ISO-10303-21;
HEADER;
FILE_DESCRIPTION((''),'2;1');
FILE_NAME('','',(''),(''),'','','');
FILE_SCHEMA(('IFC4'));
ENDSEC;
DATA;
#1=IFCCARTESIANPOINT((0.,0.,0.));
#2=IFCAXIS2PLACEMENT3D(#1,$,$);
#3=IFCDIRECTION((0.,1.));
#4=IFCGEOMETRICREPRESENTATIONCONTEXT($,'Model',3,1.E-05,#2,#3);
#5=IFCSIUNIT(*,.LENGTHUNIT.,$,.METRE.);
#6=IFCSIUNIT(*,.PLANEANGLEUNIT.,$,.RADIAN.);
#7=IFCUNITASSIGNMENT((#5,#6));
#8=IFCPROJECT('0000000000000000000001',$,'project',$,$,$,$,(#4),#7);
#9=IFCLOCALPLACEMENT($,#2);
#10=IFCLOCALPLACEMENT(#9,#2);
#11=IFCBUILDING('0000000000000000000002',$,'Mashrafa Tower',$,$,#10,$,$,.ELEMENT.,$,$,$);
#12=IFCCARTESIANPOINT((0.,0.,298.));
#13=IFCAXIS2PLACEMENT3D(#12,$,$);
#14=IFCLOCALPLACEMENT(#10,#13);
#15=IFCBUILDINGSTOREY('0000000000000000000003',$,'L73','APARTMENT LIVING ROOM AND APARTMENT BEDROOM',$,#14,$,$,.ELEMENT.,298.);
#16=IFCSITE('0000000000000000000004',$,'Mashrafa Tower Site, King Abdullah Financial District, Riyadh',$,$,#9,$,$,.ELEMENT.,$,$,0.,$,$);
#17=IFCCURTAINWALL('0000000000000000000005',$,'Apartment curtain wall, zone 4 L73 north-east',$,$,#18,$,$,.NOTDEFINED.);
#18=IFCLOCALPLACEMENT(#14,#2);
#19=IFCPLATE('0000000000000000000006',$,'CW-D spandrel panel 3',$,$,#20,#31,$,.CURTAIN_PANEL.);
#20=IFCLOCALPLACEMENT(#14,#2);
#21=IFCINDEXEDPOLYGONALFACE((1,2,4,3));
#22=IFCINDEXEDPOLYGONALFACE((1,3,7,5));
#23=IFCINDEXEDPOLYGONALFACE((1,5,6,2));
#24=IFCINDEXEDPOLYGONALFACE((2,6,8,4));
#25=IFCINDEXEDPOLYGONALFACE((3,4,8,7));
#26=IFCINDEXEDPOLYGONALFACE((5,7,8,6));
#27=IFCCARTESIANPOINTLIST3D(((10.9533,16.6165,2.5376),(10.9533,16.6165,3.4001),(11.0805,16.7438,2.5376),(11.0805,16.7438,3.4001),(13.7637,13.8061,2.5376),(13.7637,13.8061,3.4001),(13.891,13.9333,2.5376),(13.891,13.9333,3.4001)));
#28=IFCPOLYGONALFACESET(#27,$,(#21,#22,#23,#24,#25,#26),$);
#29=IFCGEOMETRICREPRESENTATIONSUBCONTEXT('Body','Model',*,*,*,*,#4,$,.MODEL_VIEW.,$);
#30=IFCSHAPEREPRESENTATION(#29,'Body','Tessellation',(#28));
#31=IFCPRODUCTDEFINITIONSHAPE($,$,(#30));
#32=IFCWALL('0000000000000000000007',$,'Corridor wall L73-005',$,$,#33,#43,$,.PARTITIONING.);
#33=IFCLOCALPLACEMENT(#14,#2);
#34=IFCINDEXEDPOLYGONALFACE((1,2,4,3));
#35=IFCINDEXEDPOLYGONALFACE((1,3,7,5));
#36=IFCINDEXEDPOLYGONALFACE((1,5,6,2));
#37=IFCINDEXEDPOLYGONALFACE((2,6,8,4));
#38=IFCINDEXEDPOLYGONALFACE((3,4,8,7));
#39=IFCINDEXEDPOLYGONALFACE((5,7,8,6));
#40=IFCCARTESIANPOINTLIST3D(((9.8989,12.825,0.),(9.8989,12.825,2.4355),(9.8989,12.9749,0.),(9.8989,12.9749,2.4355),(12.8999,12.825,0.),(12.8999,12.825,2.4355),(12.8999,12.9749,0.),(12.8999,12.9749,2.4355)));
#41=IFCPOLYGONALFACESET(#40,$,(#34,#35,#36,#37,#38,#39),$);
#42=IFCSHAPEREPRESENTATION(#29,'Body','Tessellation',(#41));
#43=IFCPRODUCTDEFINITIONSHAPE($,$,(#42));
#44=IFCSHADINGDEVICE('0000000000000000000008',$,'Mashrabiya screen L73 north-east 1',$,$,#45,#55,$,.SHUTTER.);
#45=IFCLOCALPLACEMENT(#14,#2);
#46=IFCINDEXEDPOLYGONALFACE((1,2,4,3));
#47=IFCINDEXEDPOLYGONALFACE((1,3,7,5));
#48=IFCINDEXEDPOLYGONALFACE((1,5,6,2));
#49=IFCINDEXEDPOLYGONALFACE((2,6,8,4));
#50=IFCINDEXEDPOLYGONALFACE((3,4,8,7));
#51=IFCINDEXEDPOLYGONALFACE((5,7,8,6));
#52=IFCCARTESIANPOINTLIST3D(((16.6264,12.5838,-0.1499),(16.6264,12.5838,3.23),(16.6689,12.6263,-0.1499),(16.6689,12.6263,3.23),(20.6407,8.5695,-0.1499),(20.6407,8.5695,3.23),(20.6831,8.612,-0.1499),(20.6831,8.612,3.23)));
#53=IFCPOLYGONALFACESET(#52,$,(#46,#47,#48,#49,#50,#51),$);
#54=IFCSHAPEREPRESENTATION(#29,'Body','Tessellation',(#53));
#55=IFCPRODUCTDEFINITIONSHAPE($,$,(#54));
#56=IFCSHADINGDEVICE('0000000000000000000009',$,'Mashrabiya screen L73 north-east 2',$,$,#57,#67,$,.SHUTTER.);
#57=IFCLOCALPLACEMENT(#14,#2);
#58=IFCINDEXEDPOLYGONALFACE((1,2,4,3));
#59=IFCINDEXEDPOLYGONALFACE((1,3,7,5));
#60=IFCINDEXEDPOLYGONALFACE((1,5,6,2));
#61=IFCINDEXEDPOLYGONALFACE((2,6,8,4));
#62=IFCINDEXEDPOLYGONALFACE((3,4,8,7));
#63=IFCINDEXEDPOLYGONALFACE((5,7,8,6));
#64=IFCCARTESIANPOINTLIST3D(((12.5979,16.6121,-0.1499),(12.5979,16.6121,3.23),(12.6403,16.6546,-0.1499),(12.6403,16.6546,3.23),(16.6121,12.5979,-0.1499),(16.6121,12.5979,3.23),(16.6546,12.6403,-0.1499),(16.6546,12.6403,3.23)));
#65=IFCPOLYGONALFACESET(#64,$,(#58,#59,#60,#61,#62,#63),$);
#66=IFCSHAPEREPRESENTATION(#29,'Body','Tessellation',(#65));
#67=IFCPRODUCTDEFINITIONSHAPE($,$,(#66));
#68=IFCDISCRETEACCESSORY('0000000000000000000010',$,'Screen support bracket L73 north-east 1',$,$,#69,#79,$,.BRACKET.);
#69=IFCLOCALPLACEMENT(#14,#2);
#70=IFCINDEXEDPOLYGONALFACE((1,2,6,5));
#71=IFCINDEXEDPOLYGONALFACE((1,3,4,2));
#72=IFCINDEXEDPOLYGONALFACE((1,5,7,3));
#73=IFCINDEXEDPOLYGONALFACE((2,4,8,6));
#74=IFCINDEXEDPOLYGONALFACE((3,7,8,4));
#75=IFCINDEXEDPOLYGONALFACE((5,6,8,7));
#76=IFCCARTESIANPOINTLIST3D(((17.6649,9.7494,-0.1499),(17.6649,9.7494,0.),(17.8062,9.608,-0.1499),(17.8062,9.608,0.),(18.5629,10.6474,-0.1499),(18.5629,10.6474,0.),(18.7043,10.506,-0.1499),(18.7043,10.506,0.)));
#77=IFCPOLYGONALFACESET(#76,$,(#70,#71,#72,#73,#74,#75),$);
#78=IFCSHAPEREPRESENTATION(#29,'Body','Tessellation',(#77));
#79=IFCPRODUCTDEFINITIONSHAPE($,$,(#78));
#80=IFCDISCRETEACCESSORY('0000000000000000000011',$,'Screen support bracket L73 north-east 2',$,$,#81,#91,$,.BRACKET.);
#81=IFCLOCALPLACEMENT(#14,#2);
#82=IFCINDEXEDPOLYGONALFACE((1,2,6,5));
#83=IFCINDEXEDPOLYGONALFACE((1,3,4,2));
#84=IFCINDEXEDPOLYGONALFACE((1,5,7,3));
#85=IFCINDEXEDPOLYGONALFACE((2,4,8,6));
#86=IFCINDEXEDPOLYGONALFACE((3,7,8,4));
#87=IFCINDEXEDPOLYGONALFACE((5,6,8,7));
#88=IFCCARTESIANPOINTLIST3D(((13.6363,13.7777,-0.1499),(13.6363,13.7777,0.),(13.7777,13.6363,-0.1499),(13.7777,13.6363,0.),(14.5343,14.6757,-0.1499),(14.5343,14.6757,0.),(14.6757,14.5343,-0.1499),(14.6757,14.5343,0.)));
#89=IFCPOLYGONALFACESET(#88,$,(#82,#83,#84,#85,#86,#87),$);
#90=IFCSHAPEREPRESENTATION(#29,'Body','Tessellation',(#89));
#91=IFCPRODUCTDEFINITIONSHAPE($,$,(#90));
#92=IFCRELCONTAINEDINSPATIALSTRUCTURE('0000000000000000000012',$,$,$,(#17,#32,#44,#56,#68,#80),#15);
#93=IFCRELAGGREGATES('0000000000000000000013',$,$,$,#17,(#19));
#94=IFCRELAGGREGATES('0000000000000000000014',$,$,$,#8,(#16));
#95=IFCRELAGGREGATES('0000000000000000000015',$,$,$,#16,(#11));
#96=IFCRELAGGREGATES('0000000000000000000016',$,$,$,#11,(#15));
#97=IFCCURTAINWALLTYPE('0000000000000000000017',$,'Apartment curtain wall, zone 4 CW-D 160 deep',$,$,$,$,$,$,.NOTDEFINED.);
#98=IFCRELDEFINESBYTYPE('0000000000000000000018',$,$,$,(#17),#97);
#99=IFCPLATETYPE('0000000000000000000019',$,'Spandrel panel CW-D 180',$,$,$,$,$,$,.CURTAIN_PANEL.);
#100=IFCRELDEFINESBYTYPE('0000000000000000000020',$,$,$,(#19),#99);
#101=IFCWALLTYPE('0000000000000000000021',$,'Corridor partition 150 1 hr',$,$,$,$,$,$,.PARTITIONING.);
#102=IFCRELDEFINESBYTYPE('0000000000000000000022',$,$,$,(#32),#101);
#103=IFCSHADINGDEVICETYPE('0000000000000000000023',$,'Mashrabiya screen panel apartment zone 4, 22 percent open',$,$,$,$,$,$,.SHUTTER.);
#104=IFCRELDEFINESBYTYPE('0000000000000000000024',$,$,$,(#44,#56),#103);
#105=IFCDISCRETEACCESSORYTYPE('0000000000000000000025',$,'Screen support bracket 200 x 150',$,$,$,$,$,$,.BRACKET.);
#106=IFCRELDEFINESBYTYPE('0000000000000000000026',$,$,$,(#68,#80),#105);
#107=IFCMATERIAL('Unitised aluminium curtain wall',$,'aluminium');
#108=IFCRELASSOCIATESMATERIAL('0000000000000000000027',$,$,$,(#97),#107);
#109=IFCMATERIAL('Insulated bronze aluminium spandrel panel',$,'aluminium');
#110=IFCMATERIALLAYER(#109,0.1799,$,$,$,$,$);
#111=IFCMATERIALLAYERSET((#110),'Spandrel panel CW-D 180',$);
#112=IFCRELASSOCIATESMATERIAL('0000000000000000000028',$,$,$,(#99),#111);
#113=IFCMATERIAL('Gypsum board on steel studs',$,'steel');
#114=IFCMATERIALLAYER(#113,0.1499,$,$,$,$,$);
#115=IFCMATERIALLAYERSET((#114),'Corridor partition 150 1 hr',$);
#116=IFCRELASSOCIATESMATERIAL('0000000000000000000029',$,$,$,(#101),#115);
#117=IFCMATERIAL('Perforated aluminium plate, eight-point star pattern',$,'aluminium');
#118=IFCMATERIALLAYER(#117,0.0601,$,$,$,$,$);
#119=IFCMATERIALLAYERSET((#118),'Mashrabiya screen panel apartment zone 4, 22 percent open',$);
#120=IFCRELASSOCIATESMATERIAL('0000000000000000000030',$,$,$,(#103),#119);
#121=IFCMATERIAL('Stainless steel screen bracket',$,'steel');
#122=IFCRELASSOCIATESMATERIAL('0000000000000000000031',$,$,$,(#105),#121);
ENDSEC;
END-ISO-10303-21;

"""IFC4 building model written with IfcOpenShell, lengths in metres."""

from ifc_helpers import new_model, si_unit, direction, frame, frame_2d, origin, origin_2d, place, context, subcontext, project, spatial, rectangle, extrude, source, transform, mapped, material, layer, layer_set, type_object, type_shapes, element, aggregate, save


model = new_model("IFC4")

# Units and contexts
model_context = context("Model", 3, precision=1e-05, world=origin(), true_north=direction((0.0, 1.0)))
body_context = subcontext(model_context, "Body", "Model", "MODEL_VIEW")
ifc_project = project(units=[si_unit("LENGTHUNIT", "METRE"), si_unit("PLANEANGLEUNIT", "RADIAN")], contexts=[model_context])

# Site, building, storey
site_placement = place(None, origin())
site = spatial("IfcSite", under=ifc_project, at=site_placement, Name="Mashrafa Tower Site, King Abdullah Financial District, Riyadh", CompositionType="ELEMENT", RefElevation=0.0)
building_placement = place(site_placement, origin())
building = spatial("IfcBuilding", under=site, at=building_placement, Name="Mashrafa Tower", CompositionType="ELEMENT")
storey_placement = place(building_placement, frame((0.0, 0.0, 298.0)))
storey = spatial("IfcBuildingStorey", under=building, at=storey_placement, Name="L73", Description="APARTMENT LIVING ROOM AND APARTMENT BEDROOM", CompositionType="ELEMENT", Elevation=298.0)

# Shared definitions
ifc_material_1 = material(Name="Unitised aluminium curtain wall", Category="aluminium")
curtain_wall_type = type_object("IfcCurtainWallType", Name="Apartment curtain wall, zone 4 CW-D 160 deep", PredefinedType="NOTDEFINED", material=ifc_material_1)

# Curtain wall, plate
curtain_wall_1_placement = place(storey_placement, origin())
curtain_wall_1 = element("IfcCurtainWall", 1, at=curtain_wall_1_placement, inside=storey, type_object=curtain_wall_type, Name="Apartment curtain wall, zone 4 L73 north-east", PredefinedType="NOTDEFINED")
ifc_material_2 = material(Name="Insulated bronze aluminium spandrel panel", Category="aluminium")
ifc_layer_1 = layer(ifc_material_2, 0.1799)
ifc_layer_set_1 = layer_set([ifc_layer_1], Name="Spandrel panel CW-D 180")
plate_type_1 = type_object("IfcPlateType", Name="Spandrel panel CW-D 180", PredefinedType="CURTAIN_PANEL", material=ifc_layer_set_1)
shared_shape_1 = source(origin(), body_context, "Body", "SweptSolid", [
    extrude(rectangle(XDim=3.9746, YDim=0.1799, at=origin_2d()), origin(), (0.0, 0.0, 1.0), 0.8625),
])
plate_1_placement = place(storey_placement, frame((12.4221, 15.2749, 2.5376), z_axis=(0.0, 0.0, 1.0), x_axis=(-0.707107, 0.707107, 0.0)))
plate_1 = element("IfcPlate", 2, at=plate_1_placement, type_object=plate_type_1, Name="CW-D spandrel panel 3", PredefinedType="CURTAIN_PANEL", context=body_context, shape_type="MappedRepresentation", body=[
    mapped(shared_shape_1, transform((0.0, 0.0, 0.0))),
])
aggregate(curtain_wall_1, [plate_1])

# Wall
ifc_material_3 = material(Name="Gypsum board on steel studs", Category="steel")
ifc_layer_2 = layer(ifc_material_3, 0.1499)
ifc_layer_set_2 = layer_set([ifc_layer_2], Name="Corridor partition 150 1 hr")
wall_type = type_object("IfcWallType", Name="Corridor partition 150 1 hr", PredefinedType="PARTITIONING", material=ifc_layer_set_2)
wall_placement = place(storey_placement, frame((12.8999, 12.8999, 0.0), z_axis=(0.0, 0.0, 1.0), x_axis=(-1.0, 0.0, 0.0)))
element("IfcWall", 3, at=wall_placement, inside=storey, type_object=wall_type, Name="Corridor wall L73-005", PredefinedType="PARTITIONING", context=body_context, shape_type="SweptSolid", body=[
    extrude(rectangle(XDim=3.001, YDim=0.1499, at=frame_2d((1.5005, 0.0))), origin(), (0.0, 0.0, 1.0), 2.4355),
])

# Shading devices
ifc_material_4 = material(Name="Perforated aluminium plate, eight-point star pattern", Category="aluminium")
ifc_layer_3 = layer(ifc_material_4, 0.0601)
ifc_layer_set_3 = layer_set([ifc_layer_3], Name="Mashrabiya screen panel apartment zone 4, 22 percent open")
shading_device_type = type_object("IfcShadingDeviceType", Name="Mashrabiya screen panel apartment zone 4, 22 percent open", PredefinedType="SHUTTER", material=ifc_layer_set_3)
shared_shape_2 = source(origin(), body_context, "Body", "SweptSolid", [
    extrude(rectangle(XDim=5.677, YDim=0.0601, at=origin_2d()), origin(), (0.0, 0.0, 1.0), 3.3799),
])
type_shapes(shading_device_type, [shared_shape_2])
for number, where, z_axis, x_axis, name in (
    (4, (18.6548, 10.5979, -0.1499), (0.0, 0.0, 1.0), (-0.707107, 0.707107, 0.0), "Mashrabiya screen L73 north-east 1"),
    (5, (14.6262, 14.6262, -0.1499), (0.0, 0.0, 1.0), (-0.707107, 0.707107, 0.0), "Mashrabiya screen L73 north-east 2"),
):
    element("IfcShadingDevice", number, at=place(storey_placement, frame(where, z_axis=z_axis, x_axis=x_axis)), inside=storey, type_object=shading_device_type, Name=name, PredefinedType="SHUTTER", context=body_context, shape_type="MappedRepresentation", body=[
        mapped(shared_shape_2, transform((0.0, 0.0, 0.0))),
    ])

# Discrete accessories
ifc_material_5 = material(Name="Stainless steel screen bracket", Category="steel")
discrete_accessory_type = type_object("IfcDiscreteAccessoryType", Name="Screen support bracket 200 x 150", PredefinedType="BRACKET", material=ifc_material_5)
shared_shape_3 = source(origin(), body_context, "Body", "SweptSolid", [
    extrude(rectangle(XDim=0.2, YDim=1.27, at=origin_2d()), origin(), (0.0, 0.0, 1.0), 0.1499),
])
type_shapes(discrete_accessory_type, [shared_shape_3])
for number, where, z_axis, x_axis, name in (
    (6, (18.1846, 10.1277, -0.1499), (0.0, 0.0, 1.0), (-0.707107, 0.707107, 0.0), "Screen support bracket L73 north-east 1"),
    (7, (14.156, 14.156, -0.1499), (0.0, 0.0, 1.0), (-0.707107, 0.707107, 0.0), "Screen support bracket L73 north-east 2"),
):
    element("IfcDiscreteAccessory", number, at=place(storey_placement, frame(where, z_axis=z_axis, x_axis=x_axis)), inside=storey, type_object=discrete_accessory_type, Name=name, PredefinedType="BRACKET", context=body_context, shape_type="MappedRepresentation", body=[
        mapped(shared_shape_3, transform((0.0, 0.0, 0.0))),
    ])

save(model, "model.ifc")
